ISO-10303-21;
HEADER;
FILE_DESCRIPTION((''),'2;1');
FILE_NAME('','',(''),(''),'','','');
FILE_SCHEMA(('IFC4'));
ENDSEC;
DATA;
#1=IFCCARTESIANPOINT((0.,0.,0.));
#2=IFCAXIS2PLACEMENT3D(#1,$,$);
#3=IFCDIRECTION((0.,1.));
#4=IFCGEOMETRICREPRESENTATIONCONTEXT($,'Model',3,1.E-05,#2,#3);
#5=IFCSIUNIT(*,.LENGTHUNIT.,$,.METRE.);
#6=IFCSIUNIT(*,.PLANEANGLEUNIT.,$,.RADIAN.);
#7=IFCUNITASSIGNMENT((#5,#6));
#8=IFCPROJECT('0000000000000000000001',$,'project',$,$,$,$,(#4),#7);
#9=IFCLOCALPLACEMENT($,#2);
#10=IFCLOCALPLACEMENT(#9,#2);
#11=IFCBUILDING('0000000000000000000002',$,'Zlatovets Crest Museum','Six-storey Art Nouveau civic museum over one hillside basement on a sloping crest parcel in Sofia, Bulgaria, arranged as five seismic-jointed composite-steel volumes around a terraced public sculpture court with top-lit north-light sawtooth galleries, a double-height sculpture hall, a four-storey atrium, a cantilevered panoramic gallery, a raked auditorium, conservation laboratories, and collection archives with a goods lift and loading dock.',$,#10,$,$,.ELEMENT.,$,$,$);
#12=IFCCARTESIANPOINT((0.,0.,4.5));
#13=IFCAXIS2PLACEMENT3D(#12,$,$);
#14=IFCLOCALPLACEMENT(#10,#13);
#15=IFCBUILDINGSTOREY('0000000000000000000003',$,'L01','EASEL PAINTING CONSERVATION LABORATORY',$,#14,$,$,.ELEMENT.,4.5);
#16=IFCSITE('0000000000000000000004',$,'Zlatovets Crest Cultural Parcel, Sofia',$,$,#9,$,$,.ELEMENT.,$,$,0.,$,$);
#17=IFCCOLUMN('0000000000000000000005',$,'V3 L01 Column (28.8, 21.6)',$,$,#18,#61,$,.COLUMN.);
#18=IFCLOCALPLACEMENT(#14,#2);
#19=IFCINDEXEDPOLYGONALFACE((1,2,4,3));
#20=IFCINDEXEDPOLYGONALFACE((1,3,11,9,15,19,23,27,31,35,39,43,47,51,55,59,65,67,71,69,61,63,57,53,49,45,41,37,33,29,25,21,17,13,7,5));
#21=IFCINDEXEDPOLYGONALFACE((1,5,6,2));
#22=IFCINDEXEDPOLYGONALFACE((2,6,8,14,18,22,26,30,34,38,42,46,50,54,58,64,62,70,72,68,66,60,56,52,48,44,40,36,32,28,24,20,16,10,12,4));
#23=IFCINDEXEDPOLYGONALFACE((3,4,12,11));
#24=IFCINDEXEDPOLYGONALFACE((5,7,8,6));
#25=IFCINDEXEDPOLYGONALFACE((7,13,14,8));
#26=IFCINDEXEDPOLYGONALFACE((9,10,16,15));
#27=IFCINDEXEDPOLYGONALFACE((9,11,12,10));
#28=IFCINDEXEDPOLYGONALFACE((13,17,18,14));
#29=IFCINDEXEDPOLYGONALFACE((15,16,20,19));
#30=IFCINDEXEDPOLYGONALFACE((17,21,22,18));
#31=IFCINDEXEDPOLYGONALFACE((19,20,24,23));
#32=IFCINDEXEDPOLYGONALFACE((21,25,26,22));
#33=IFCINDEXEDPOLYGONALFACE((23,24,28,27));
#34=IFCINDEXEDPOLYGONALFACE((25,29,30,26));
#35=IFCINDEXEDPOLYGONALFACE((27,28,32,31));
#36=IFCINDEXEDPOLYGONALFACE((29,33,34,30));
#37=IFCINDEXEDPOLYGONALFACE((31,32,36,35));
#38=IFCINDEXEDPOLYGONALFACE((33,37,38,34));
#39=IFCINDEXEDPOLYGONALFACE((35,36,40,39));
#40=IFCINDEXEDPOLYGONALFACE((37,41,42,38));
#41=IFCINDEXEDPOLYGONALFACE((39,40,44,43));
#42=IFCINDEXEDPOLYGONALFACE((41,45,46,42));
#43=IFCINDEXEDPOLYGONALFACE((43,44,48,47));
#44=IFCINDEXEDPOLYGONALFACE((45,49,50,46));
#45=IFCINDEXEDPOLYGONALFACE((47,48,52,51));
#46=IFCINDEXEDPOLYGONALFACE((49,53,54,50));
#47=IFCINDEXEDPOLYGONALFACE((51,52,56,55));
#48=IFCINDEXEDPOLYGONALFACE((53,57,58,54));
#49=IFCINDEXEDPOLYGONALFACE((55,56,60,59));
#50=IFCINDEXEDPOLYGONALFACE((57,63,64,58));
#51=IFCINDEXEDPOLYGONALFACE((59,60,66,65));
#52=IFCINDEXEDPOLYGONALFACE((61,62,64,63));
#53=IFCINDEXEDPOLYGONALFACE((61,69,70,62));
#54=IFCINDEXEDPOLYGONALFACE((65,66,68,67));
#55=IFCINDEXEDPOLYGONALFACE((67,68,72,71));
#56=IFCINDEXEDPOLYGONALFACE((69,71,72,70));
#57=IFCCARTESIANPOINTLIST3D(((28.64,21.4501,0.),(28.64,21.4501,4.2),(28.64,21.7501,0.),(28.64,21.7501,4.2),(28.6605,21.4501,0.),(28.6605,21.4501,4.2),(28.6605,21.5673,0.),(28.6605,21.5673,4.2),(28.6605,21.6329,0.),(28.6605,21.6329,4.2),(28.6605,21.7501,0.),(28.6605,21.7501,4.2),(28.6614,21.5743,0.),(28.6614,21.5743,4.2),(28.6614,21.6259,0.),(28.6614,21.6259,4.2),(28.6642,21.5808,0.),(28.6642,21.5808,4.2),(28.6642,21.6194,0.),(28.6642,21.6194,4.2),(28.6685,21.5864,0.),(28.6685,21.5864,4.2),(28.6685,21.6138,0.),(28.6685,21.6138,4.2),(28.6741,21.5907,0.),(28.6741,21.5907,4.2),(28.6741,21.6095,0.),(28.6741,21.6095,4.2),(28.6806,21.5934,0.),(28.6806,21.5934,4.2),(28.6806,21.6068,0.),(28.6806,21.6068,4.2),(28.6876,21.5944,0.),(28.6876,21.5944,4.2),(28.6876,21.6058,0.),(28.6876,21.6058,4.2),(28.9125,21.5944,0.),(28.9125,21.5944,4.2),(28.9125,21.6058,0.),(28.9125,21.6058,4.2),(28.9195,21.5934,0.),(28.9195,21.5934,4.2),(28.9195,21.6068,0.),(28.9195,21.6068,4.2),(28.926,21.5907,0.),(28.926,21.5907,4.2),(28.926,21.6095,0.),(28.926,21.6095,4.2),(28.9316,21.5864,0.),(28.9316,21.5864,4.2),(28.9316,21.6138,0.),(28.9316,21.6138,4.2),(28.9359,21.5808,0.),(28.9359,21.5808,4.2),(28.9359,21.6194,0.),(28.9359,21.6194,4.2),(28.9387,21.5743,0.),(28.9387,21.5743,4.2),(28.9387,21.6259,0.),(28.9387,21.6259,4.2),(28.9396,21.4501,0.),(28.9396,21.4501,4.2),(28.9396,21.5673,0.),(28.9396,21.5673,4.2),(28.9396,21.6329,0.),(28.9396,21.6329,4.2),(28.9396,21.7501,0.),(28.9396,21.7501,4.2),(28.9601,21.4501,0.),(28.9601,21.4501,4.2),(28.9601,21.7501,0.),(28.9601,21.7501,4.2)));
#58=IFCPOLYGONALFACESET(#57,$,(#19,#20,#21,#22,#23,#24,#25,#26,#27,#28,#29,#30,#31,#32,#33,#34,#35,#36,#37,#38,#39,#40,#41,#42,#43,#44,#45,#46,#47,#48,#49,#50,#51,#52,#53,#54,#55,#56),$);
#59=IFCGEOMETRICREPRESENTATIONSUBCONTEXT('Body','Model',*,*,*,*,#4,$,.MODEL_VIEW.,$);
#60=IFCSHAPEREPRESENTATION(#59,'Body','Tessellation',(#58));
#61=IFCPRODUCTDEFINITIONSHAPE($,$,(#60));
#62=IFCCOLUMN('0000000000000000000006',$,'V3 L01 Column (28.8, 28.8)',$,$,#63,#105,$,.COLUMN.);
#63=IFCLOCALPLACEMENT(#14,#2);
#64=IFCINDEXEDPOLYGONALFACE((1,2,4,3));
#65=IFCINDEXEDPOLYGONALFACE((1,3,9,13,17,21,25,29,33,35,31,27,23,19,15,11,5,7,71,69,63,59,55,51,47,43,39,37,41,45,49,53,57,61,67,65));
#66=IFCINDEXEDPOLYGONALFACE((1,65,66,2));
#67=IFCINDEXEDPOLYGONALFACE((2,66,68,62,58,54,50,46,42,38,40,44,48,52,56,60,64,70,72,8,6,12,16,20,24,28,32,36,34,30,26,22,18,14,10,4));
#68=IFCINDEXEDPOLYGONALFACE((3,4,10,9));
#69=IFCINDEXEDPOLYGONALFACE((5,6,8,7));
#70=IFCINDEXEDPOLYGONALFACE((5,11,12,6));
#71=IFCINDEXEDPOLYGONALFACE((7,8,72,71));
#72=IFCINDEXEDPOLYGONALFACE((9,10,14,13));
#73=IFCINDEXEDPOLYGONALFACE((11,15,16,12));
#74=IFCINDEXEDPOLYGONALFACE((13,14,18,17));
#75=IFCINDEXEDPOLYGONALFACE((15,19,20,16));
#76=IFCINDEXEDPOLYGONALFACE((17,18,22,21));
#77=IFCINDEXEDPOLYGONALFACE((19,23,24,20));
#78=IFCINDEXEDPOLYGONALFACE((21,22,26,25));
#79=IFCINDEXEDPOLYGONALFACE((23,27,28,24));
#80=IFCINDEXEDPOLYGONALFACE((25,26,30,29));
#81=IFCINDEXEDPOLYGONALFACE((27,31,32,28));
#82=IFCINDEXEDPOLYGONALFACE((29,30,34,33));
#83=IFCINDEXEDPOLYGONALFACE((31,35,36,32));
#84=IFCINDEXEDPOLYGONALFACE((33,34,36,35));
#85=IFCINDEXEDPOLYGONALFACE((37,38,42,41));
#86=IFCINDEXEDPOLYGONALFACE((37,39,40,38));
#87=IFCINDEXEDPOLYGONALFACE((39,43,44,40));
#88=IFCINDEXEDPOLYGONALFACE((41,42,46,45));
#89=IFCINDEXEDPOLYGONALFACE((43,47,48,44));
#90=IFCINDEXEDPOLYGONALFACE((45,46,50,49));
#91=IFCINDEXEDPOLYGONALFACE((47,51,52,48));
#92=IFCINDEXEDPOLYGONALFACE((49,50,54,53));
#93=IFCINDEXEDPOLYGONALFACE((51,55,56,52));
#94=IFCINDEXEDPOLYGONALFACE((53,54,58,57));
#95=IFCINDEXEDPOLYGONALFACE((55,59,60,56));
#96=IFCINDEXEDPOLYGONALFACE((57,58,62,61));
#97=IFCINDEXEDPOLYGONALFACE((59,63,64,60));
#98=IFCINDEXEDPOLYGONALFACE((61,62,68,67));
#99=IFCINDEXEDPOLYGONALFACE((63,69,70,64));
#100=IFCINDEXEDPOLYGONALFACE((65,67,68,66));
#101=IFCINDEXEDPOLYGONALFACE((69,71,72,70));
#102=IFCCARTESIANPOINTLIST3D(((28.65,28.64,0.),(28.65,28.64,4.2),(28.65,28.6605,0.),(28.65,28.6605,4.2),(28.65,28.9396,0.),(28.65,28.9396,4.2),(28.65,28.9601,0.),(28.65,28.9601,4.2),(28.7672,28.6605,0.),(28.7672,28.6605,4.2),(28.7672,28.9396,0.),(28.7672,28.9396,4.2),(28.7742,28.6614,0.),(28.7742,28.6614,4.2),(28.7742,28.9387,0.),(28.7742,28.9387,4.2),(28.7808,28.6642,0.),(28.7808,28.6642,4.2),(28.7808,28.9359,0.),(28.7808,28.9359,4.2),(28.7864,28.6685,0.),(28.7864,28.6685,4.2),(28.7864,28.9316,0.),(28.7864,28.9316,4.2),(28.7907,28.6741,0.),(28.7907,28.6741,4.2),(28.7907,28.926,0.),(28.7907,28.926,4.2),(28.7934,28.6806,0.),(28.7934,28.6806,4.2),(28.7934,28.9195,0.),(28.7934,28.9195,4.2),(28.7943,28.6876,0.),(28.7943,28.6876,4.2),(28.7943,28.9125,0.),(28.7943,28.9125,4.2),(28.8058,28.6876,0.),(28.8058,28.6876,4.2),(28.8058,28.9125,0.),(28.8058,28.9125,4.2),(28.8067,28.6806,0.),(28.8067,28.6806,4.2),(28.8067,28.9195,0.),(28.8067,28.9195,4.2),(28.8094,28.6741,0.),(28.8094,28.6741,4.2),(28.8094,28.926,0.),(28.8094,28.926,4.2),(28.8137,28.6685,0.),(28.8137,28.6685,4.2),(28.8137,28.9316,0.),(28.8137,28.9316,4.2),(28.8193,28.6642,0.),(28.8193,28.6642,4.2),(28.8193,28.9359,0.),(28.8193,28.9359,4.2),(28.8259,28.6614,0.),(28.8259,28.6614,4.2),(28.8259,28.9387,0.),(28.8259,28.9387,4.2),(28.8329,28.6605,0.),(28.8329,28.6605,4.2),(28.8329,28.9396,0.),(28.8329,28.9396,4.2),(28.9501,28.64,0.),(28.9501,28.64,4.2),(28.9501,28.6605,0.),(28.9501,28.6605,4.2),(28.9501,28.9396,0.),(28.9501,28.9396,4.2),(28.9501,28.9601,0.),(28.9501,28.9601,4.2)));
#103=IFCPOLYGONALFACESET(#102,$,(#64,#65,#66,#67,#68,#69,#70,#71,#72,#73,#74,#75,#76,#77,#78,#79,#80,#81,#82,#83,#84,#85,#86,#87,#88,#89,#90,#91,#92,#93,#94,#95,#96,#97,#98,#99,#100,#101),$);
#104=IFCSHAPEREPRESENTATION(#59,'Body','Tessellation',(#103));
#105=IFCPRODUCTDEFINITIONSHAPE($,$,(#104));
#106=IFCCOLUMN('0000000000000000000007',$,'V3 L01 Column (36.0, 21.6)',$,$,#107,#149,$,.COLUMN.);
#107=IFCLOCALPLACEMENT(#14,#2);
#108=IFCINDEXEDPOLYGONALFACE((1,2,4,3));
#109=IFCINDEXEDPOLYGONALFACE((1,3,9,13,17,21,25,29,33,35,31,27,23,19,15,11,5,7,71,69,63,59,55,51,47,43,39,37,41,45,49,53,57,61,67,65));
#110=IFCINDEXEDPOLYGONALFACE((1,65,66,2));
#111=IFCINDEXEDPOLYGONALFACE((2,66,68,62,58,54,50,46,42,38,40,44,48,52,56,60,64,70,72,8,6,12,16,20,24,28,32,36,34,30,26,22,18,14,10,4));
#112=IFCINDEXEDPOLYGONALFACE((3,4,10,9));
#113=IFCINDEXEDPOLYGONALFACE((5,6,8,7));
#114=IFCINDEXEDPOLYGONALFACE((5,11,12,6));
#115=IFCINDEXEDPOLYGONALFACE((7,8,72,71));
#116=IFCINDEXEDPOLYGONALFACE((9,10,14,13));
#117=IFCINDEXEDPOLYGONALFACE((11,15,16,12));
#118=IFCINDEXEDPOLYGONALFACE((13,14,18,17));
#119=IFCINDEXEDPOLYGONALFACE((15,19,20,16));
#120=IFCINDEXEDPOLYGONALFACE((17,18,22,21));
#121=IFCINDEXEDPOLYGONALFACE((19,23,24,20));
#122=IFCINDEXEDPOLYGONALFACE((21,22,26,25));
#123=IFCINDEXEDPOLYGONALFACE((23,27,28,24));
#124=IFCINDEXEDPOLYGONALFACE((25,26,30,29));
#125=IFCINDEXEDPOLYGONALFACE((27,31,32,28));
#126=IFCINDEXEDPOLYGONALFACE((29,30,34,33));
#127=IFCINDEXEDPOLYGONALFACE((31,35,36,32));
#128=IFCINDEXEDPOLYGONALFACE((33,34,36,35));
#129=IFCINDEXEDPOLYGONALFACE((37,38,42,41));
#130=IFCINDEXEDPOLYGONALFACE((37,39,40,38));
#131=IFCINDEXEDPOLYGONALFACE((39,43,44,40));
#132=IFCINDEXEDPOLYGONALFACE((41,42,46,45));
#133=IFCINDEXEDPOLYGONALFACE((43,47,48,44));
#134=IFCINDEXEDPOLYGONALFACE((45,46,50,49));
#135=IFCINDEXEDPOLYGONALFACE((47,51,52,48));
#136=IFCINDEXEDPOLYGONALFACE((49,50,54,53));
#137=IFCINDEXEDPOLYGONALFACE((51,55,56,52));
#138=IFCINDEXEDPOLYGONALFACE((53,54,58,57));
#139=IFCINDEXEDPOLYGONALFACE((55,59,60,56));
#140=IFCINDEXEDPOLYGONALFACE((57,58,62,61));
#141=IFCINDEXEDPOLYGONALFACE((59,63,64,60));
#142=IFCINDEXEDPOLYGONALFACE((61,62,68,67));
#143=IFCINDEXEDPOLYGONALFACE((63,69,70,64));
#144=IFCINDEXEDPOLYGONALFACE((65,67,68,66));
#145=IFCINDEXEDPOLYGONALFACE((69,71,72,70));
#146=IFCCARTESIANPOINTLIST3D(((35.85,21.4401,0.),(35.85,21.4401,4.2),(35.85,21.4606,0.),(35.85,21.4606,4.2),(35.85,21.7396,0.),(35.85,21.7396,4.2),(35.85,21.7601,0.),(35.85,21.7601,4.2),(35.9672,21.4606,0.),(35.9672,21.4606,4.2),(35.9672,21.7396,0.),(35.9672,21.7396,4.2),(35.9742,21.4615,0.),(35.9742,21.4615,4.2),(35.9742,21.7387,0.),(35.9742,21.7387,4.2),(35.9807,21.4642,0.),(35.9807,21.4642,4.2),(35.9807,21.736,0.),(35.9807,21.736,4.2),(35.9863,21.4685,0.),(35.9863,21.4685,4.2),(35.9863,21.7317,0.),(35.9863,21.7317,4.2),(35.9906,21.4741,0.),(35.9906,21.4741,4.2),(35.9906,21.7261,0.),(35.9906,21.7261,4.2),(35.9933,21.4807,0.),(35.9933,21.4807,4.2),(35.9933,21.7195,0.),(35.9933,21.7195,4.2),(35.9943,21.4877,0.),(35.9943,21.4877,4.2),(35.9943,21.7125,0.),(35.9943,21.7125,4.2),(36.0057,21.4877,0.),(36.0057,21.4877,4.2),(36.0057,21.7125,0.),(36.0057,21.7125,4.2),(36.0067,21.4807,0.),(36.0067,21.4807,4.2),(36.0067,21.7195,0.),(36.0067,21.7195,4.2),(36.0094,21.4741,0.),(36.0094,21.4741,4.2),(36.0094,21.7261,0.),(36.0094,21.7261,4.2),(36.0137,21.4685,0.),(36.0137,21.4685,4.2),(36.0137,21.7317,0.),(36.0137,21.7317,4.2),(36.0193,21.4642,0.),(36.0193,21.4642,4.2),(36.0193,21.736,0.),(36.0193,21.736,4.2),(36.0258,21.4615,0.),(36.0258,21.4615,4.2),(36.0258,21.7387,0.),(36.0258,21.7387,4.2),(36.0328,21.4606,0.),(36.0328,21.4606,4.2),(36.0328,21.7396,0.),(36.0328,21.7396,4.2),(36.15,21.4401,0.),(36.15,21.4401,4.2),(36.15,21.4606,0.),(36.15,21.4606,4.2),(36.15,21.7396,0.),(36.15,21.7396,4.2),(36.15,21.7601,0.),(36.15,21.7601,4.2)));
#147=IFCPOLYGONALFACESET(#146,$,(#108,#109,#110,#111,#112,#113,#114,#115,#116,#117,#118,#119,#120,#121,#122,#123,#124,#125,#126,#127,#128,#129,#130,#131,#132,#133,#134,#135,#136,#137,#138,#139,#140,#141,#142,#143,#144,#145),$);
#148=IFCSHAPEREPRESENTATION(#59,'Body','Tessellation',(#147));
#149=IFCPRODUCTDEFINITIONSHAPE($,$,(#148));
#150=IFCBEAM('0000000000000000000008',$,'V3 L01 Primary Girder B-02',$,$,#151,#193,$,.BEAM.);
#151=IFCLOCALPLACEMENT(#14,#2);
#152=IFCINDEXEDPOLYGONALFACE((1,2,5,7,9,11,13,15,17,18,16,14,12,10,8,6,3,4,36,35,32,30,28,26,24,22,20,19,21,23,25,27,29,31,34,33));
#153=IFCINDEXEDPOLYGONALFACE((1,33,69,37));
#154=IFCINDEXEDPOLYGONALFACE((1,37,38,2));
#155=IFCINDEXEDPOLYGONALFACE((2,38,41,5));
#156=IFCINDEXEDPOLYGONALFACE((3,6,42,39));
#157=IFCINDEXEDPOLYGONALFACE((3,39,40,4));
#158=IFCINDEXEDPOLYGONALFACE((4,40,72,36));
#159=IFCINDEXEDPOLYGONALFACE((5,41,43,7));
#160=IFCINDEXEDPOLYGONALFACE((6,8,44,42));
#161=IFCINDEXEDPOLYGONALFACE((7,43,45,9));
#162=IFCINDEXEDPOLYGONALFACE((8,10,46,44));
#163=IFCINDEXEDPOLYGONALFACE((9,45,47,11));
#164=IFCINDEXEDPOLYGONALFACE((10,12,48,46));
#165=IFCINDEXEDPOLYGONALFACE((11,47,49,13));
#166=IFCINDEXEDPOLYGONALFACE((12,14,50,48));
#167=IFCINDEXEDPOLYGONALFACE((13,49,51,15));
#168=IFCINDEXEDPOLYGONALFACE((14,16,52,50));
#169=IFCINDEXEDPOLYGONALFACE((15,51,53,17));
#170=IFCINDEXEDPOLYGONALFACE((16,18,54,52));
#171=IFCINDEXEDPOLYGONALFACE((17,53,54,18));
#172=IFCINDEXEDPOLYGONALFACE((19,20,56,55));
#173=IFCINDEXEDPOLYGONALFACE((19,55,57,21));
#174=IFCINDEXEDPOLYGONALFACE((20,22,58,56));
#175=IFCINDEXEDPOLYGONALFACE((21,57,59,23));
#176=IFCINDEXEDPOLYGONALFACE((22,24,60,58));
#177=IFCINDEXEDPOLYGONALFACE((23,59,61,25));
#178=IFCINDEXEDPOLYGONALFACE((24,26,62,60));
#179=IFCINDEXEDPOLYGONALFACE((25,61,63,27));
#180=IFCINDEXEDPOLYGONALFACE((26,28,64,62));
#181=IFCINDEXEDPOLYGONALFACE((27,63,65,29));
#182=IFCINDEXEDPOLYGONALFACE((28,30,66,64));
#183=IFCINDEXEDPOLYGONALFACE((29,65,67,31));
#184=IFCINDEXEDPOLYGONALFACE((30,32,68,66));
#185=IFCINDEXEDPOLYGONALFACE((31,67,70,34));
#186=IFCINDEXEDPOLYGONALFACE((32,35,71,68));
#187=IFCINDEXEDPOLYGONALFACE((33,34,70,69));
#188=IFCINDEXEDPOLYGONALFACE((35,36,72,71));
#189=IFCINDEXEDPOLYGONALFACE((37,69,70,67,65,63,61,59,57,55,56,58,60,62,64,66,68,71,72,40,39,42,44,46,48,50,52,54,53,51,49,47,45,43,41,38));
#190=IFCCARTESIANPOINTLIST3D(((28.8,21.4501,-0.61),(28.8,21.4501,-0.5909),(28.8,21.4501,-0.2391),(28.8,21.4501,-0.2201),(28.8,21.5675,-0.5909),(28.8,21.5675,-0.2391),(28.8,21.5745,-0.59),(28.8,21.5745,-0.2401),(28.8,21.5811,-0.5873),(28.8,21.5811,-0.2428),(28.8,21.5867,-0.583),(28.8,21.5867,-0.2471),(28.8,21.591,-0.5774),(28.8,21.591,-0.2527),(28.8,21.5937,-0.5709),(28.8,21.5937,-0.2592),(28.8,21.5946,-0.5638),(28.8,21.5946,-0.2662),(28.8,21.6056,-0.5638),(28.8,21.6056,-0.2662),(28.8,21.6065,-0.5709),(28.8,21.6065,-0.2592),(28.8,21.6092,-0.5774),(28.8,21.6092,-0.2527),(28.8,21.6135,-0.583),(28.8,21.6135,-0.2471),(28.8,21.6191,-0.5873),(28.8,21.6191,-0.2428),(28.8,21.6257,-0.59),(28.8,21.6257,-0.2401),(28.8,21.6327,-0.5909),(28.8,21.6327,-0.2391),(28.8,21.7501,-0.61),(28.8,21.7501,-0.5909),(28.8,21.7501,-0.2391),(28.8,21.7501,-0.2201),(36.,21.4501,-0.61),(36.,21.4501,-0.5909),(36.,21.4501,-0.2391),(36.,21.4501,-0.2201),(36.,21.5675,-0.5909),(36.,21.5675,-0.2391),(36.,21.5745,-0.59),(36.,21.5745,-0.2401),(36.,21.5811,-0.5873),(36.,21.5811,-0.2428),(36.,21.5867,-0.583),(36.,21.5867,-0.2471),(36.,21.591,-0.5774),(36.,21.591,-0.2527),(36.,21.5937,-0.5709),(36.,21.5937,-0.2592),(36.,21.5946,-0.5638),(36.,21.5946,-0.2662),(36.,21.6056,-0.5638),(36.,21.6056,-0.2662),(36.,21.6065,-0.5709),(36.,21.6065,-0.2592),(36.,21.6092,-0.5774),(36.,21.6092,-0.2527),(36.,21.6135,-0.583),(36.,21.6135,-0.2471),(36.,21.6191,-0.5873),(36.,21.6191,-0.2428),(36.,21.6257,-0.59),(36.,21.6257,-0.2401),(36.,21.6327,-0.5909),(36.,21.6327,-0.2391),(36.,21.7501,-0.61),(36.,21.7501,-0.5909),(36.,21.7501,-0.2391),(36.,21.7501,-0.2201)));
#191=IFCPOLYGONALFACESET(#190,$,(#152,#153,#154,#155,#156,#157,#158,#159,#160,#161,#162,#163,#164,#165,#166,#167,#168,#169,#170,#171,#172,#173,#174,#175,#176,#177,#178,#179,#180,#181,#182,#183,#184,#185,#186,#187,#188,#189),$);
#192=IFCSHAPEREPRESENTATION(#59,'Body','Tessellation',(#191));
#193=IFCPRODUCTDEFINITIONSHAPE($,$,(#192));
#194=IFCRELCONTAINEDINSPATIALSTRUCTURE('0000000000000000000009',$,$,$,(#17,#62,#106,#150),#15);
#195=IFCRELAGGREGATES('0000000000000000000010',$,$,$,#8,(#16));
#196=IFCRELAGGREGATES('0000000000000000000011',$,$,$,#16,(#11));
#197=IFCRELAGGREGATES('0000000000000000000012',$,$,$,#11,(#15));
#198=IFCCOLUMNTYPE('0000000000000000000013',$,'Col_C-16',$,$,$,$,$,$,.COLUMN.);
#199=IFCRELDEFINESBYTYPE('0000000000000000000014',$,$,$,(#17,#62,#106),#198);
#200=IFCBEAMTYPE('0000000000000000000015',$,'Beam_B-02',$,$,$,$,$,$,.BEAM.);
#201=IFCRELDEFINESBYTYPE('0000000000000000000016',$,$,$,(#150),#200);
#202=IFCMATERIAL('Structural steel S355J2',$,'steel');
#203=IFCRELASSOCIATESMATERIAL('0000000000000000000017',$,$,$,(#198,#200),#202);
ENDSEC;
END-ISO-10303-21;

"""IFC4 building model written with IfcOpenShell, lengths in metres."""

from ifc_helpers import new_model, si_unit, direction, frame, origin, origin_2d, place, context, subcontext, project, spatial, i_section, extrude, material, material_profile, profile_set, type_object, element, save


model = new_model("IFC4")

# Units and contexts
model_context = context("Model", 3, precision=1e-05, world=origin(), true_north=direction((0.0, 1.0)))
body_context = subcontext(model_context, "Body", "Model", "MODEL_VIEW")
ifc_project = project(units=[si_unit("LENGTHUNIT", "METRE"), si_unit("PLANEANGLEUNIT", "RADIAN")], contexts=[model_context])

# Site, building, storey
site_placement = place(None, origin())
site = spatial("IfcSite", under=ifc_project, at=site_placement, Name="Zlatovets Crest Cultural Parcel, Sofia", CompositionType="ELEMENT", RefElevation=0.0)
building_placement = place(site_placement, origin())
building = spatial("IfcBuilding", under=site, at=building_placement, Name="Zlatovets Crest Museum", Description="Six-storey Art Nouveau civic museum over one hillside basement on a sloping crest parcel in Sofia, Bulgaria, arranged as five seismic-jointed composite-steel volumes around a terraced public sculpture court with top-lit north-light sawtooth galleries, a double-height sculpture hall, a four-storey atrium, a cantilevered panoramic gallery, a raked auditorium, conservation laboratories, and collection archives with a goods lift and loading dock.", CompositionType="ELEMENT")
storey_placement = place(building_placement, frame((0.0, 0.0, 4.5)))
storey = spatial("IfcBuildingStorey", under=building, at=storey_placement, Name="L01", Description="EASEL PAINTING CONSERVATION LABORATORY", CompositionType="ELEMENT", Elevation=4.5)

# Columns
ifc_material_1 = material(Name="Structural steel S355J2", Category="steel")
ifc_material_profile_1 = material_profile(ifc_material_1, i_section(OverallWidth=0.3, OverallDepth=0.3201, WebThickness=0.0115, FlangeThickness=0.0205, FilletRadius=0.0271, at=origin_2d()), Name="HEB 320")
ifc_profile_set_1 = profile_set([ifc_material_profile_1], Name="Structural steel S355J2")
column_type = type_object("IfcColumnType", Name="Col_C-16", PredefinedType="COLUMN", material=ifc_profile_set_1)
for number, where, z_axis, x_axis, name in (
    (1, (28.8, 21.6001, 0.0), (0.0, 0.0, 1.0), (0.0, 1.0, 0.0), "V3 L01 Column (28.8, 21.6)"),
    (2, (28.8, 28.8, 0.0), (0.0, 0.0, 1.0), (1.0, 0.0, 0.0), "V3 L01 Column (28.8, 28.8)"),
    (3, (36.0, 21.6001, 0.0), (0.0, 0.0, 1.0), (1.0, 0.0, 0.0), "V3 L01 Column (36.0, 21.6)"),
):
    element("IfcColumn", number, at=place(storey_placement, frame(where, z_axis=z_axis, x_axis=x_axis)), inside=storey, type_object=column_type, Name=name, PredefinedType="COLUMN", context=body_context, shape_type="SweptSolid", body=[
        extrude(i_section(OverallWidth=0.3, OverallDepth=0.3201, WebThickness=0.0115, FlangeThickness=0.0205, FilletRadius=0.0271, at=origin_2d()), origin(), (0.0, 0.0, 1.0), 4.2),
    ])

# Beam
ifc_material_profile_2 = material_profile(ifc_material_1, i_section(OverallWidth=0.3, OverallDepth=0.3899, WebThickness=0.011, FlangeThickness=0.019, FilletRadius=0.0271, at=origin_2d()), Name="HEA 400")
ifc_profile_set_2 = profile_set([ifc_material_profile_2], Name="Structural steel S355J2")
beam_type_1 = type_object("IfcBeamType", Name="Beam_B-02", PredefinedType="BEAM", material=ifc_profile_set_2)
for number, where, z_axis, x_axis, name in (
    (4, (28.8, 21.6001, -0.415), (1.0, 0.0, 0.0), (0.0, 1.0, 0.0), "V3 L01 Primary Girder B-02"),
):
    element("IfcBeam", number, at=place(storey_placement, frame(where, z_axis=z_axis, x_axis=x_axis)), inside=storey, type_object=beam_type_1, Name=name, PredefinedType="BEAM", context=body_context, shape_type="SweptSolid", body=[
        extrude(i_section(OverallWidth=0.3, OverallDepth=0.3899, WebThickness=0.011, FlangeThickness=0.019, FilletRadius=0.0271, at=origin_2d()), origin(), (0.0, 0.0, 1.0), 7.2),
    ])

save(model, "model.ifc")
